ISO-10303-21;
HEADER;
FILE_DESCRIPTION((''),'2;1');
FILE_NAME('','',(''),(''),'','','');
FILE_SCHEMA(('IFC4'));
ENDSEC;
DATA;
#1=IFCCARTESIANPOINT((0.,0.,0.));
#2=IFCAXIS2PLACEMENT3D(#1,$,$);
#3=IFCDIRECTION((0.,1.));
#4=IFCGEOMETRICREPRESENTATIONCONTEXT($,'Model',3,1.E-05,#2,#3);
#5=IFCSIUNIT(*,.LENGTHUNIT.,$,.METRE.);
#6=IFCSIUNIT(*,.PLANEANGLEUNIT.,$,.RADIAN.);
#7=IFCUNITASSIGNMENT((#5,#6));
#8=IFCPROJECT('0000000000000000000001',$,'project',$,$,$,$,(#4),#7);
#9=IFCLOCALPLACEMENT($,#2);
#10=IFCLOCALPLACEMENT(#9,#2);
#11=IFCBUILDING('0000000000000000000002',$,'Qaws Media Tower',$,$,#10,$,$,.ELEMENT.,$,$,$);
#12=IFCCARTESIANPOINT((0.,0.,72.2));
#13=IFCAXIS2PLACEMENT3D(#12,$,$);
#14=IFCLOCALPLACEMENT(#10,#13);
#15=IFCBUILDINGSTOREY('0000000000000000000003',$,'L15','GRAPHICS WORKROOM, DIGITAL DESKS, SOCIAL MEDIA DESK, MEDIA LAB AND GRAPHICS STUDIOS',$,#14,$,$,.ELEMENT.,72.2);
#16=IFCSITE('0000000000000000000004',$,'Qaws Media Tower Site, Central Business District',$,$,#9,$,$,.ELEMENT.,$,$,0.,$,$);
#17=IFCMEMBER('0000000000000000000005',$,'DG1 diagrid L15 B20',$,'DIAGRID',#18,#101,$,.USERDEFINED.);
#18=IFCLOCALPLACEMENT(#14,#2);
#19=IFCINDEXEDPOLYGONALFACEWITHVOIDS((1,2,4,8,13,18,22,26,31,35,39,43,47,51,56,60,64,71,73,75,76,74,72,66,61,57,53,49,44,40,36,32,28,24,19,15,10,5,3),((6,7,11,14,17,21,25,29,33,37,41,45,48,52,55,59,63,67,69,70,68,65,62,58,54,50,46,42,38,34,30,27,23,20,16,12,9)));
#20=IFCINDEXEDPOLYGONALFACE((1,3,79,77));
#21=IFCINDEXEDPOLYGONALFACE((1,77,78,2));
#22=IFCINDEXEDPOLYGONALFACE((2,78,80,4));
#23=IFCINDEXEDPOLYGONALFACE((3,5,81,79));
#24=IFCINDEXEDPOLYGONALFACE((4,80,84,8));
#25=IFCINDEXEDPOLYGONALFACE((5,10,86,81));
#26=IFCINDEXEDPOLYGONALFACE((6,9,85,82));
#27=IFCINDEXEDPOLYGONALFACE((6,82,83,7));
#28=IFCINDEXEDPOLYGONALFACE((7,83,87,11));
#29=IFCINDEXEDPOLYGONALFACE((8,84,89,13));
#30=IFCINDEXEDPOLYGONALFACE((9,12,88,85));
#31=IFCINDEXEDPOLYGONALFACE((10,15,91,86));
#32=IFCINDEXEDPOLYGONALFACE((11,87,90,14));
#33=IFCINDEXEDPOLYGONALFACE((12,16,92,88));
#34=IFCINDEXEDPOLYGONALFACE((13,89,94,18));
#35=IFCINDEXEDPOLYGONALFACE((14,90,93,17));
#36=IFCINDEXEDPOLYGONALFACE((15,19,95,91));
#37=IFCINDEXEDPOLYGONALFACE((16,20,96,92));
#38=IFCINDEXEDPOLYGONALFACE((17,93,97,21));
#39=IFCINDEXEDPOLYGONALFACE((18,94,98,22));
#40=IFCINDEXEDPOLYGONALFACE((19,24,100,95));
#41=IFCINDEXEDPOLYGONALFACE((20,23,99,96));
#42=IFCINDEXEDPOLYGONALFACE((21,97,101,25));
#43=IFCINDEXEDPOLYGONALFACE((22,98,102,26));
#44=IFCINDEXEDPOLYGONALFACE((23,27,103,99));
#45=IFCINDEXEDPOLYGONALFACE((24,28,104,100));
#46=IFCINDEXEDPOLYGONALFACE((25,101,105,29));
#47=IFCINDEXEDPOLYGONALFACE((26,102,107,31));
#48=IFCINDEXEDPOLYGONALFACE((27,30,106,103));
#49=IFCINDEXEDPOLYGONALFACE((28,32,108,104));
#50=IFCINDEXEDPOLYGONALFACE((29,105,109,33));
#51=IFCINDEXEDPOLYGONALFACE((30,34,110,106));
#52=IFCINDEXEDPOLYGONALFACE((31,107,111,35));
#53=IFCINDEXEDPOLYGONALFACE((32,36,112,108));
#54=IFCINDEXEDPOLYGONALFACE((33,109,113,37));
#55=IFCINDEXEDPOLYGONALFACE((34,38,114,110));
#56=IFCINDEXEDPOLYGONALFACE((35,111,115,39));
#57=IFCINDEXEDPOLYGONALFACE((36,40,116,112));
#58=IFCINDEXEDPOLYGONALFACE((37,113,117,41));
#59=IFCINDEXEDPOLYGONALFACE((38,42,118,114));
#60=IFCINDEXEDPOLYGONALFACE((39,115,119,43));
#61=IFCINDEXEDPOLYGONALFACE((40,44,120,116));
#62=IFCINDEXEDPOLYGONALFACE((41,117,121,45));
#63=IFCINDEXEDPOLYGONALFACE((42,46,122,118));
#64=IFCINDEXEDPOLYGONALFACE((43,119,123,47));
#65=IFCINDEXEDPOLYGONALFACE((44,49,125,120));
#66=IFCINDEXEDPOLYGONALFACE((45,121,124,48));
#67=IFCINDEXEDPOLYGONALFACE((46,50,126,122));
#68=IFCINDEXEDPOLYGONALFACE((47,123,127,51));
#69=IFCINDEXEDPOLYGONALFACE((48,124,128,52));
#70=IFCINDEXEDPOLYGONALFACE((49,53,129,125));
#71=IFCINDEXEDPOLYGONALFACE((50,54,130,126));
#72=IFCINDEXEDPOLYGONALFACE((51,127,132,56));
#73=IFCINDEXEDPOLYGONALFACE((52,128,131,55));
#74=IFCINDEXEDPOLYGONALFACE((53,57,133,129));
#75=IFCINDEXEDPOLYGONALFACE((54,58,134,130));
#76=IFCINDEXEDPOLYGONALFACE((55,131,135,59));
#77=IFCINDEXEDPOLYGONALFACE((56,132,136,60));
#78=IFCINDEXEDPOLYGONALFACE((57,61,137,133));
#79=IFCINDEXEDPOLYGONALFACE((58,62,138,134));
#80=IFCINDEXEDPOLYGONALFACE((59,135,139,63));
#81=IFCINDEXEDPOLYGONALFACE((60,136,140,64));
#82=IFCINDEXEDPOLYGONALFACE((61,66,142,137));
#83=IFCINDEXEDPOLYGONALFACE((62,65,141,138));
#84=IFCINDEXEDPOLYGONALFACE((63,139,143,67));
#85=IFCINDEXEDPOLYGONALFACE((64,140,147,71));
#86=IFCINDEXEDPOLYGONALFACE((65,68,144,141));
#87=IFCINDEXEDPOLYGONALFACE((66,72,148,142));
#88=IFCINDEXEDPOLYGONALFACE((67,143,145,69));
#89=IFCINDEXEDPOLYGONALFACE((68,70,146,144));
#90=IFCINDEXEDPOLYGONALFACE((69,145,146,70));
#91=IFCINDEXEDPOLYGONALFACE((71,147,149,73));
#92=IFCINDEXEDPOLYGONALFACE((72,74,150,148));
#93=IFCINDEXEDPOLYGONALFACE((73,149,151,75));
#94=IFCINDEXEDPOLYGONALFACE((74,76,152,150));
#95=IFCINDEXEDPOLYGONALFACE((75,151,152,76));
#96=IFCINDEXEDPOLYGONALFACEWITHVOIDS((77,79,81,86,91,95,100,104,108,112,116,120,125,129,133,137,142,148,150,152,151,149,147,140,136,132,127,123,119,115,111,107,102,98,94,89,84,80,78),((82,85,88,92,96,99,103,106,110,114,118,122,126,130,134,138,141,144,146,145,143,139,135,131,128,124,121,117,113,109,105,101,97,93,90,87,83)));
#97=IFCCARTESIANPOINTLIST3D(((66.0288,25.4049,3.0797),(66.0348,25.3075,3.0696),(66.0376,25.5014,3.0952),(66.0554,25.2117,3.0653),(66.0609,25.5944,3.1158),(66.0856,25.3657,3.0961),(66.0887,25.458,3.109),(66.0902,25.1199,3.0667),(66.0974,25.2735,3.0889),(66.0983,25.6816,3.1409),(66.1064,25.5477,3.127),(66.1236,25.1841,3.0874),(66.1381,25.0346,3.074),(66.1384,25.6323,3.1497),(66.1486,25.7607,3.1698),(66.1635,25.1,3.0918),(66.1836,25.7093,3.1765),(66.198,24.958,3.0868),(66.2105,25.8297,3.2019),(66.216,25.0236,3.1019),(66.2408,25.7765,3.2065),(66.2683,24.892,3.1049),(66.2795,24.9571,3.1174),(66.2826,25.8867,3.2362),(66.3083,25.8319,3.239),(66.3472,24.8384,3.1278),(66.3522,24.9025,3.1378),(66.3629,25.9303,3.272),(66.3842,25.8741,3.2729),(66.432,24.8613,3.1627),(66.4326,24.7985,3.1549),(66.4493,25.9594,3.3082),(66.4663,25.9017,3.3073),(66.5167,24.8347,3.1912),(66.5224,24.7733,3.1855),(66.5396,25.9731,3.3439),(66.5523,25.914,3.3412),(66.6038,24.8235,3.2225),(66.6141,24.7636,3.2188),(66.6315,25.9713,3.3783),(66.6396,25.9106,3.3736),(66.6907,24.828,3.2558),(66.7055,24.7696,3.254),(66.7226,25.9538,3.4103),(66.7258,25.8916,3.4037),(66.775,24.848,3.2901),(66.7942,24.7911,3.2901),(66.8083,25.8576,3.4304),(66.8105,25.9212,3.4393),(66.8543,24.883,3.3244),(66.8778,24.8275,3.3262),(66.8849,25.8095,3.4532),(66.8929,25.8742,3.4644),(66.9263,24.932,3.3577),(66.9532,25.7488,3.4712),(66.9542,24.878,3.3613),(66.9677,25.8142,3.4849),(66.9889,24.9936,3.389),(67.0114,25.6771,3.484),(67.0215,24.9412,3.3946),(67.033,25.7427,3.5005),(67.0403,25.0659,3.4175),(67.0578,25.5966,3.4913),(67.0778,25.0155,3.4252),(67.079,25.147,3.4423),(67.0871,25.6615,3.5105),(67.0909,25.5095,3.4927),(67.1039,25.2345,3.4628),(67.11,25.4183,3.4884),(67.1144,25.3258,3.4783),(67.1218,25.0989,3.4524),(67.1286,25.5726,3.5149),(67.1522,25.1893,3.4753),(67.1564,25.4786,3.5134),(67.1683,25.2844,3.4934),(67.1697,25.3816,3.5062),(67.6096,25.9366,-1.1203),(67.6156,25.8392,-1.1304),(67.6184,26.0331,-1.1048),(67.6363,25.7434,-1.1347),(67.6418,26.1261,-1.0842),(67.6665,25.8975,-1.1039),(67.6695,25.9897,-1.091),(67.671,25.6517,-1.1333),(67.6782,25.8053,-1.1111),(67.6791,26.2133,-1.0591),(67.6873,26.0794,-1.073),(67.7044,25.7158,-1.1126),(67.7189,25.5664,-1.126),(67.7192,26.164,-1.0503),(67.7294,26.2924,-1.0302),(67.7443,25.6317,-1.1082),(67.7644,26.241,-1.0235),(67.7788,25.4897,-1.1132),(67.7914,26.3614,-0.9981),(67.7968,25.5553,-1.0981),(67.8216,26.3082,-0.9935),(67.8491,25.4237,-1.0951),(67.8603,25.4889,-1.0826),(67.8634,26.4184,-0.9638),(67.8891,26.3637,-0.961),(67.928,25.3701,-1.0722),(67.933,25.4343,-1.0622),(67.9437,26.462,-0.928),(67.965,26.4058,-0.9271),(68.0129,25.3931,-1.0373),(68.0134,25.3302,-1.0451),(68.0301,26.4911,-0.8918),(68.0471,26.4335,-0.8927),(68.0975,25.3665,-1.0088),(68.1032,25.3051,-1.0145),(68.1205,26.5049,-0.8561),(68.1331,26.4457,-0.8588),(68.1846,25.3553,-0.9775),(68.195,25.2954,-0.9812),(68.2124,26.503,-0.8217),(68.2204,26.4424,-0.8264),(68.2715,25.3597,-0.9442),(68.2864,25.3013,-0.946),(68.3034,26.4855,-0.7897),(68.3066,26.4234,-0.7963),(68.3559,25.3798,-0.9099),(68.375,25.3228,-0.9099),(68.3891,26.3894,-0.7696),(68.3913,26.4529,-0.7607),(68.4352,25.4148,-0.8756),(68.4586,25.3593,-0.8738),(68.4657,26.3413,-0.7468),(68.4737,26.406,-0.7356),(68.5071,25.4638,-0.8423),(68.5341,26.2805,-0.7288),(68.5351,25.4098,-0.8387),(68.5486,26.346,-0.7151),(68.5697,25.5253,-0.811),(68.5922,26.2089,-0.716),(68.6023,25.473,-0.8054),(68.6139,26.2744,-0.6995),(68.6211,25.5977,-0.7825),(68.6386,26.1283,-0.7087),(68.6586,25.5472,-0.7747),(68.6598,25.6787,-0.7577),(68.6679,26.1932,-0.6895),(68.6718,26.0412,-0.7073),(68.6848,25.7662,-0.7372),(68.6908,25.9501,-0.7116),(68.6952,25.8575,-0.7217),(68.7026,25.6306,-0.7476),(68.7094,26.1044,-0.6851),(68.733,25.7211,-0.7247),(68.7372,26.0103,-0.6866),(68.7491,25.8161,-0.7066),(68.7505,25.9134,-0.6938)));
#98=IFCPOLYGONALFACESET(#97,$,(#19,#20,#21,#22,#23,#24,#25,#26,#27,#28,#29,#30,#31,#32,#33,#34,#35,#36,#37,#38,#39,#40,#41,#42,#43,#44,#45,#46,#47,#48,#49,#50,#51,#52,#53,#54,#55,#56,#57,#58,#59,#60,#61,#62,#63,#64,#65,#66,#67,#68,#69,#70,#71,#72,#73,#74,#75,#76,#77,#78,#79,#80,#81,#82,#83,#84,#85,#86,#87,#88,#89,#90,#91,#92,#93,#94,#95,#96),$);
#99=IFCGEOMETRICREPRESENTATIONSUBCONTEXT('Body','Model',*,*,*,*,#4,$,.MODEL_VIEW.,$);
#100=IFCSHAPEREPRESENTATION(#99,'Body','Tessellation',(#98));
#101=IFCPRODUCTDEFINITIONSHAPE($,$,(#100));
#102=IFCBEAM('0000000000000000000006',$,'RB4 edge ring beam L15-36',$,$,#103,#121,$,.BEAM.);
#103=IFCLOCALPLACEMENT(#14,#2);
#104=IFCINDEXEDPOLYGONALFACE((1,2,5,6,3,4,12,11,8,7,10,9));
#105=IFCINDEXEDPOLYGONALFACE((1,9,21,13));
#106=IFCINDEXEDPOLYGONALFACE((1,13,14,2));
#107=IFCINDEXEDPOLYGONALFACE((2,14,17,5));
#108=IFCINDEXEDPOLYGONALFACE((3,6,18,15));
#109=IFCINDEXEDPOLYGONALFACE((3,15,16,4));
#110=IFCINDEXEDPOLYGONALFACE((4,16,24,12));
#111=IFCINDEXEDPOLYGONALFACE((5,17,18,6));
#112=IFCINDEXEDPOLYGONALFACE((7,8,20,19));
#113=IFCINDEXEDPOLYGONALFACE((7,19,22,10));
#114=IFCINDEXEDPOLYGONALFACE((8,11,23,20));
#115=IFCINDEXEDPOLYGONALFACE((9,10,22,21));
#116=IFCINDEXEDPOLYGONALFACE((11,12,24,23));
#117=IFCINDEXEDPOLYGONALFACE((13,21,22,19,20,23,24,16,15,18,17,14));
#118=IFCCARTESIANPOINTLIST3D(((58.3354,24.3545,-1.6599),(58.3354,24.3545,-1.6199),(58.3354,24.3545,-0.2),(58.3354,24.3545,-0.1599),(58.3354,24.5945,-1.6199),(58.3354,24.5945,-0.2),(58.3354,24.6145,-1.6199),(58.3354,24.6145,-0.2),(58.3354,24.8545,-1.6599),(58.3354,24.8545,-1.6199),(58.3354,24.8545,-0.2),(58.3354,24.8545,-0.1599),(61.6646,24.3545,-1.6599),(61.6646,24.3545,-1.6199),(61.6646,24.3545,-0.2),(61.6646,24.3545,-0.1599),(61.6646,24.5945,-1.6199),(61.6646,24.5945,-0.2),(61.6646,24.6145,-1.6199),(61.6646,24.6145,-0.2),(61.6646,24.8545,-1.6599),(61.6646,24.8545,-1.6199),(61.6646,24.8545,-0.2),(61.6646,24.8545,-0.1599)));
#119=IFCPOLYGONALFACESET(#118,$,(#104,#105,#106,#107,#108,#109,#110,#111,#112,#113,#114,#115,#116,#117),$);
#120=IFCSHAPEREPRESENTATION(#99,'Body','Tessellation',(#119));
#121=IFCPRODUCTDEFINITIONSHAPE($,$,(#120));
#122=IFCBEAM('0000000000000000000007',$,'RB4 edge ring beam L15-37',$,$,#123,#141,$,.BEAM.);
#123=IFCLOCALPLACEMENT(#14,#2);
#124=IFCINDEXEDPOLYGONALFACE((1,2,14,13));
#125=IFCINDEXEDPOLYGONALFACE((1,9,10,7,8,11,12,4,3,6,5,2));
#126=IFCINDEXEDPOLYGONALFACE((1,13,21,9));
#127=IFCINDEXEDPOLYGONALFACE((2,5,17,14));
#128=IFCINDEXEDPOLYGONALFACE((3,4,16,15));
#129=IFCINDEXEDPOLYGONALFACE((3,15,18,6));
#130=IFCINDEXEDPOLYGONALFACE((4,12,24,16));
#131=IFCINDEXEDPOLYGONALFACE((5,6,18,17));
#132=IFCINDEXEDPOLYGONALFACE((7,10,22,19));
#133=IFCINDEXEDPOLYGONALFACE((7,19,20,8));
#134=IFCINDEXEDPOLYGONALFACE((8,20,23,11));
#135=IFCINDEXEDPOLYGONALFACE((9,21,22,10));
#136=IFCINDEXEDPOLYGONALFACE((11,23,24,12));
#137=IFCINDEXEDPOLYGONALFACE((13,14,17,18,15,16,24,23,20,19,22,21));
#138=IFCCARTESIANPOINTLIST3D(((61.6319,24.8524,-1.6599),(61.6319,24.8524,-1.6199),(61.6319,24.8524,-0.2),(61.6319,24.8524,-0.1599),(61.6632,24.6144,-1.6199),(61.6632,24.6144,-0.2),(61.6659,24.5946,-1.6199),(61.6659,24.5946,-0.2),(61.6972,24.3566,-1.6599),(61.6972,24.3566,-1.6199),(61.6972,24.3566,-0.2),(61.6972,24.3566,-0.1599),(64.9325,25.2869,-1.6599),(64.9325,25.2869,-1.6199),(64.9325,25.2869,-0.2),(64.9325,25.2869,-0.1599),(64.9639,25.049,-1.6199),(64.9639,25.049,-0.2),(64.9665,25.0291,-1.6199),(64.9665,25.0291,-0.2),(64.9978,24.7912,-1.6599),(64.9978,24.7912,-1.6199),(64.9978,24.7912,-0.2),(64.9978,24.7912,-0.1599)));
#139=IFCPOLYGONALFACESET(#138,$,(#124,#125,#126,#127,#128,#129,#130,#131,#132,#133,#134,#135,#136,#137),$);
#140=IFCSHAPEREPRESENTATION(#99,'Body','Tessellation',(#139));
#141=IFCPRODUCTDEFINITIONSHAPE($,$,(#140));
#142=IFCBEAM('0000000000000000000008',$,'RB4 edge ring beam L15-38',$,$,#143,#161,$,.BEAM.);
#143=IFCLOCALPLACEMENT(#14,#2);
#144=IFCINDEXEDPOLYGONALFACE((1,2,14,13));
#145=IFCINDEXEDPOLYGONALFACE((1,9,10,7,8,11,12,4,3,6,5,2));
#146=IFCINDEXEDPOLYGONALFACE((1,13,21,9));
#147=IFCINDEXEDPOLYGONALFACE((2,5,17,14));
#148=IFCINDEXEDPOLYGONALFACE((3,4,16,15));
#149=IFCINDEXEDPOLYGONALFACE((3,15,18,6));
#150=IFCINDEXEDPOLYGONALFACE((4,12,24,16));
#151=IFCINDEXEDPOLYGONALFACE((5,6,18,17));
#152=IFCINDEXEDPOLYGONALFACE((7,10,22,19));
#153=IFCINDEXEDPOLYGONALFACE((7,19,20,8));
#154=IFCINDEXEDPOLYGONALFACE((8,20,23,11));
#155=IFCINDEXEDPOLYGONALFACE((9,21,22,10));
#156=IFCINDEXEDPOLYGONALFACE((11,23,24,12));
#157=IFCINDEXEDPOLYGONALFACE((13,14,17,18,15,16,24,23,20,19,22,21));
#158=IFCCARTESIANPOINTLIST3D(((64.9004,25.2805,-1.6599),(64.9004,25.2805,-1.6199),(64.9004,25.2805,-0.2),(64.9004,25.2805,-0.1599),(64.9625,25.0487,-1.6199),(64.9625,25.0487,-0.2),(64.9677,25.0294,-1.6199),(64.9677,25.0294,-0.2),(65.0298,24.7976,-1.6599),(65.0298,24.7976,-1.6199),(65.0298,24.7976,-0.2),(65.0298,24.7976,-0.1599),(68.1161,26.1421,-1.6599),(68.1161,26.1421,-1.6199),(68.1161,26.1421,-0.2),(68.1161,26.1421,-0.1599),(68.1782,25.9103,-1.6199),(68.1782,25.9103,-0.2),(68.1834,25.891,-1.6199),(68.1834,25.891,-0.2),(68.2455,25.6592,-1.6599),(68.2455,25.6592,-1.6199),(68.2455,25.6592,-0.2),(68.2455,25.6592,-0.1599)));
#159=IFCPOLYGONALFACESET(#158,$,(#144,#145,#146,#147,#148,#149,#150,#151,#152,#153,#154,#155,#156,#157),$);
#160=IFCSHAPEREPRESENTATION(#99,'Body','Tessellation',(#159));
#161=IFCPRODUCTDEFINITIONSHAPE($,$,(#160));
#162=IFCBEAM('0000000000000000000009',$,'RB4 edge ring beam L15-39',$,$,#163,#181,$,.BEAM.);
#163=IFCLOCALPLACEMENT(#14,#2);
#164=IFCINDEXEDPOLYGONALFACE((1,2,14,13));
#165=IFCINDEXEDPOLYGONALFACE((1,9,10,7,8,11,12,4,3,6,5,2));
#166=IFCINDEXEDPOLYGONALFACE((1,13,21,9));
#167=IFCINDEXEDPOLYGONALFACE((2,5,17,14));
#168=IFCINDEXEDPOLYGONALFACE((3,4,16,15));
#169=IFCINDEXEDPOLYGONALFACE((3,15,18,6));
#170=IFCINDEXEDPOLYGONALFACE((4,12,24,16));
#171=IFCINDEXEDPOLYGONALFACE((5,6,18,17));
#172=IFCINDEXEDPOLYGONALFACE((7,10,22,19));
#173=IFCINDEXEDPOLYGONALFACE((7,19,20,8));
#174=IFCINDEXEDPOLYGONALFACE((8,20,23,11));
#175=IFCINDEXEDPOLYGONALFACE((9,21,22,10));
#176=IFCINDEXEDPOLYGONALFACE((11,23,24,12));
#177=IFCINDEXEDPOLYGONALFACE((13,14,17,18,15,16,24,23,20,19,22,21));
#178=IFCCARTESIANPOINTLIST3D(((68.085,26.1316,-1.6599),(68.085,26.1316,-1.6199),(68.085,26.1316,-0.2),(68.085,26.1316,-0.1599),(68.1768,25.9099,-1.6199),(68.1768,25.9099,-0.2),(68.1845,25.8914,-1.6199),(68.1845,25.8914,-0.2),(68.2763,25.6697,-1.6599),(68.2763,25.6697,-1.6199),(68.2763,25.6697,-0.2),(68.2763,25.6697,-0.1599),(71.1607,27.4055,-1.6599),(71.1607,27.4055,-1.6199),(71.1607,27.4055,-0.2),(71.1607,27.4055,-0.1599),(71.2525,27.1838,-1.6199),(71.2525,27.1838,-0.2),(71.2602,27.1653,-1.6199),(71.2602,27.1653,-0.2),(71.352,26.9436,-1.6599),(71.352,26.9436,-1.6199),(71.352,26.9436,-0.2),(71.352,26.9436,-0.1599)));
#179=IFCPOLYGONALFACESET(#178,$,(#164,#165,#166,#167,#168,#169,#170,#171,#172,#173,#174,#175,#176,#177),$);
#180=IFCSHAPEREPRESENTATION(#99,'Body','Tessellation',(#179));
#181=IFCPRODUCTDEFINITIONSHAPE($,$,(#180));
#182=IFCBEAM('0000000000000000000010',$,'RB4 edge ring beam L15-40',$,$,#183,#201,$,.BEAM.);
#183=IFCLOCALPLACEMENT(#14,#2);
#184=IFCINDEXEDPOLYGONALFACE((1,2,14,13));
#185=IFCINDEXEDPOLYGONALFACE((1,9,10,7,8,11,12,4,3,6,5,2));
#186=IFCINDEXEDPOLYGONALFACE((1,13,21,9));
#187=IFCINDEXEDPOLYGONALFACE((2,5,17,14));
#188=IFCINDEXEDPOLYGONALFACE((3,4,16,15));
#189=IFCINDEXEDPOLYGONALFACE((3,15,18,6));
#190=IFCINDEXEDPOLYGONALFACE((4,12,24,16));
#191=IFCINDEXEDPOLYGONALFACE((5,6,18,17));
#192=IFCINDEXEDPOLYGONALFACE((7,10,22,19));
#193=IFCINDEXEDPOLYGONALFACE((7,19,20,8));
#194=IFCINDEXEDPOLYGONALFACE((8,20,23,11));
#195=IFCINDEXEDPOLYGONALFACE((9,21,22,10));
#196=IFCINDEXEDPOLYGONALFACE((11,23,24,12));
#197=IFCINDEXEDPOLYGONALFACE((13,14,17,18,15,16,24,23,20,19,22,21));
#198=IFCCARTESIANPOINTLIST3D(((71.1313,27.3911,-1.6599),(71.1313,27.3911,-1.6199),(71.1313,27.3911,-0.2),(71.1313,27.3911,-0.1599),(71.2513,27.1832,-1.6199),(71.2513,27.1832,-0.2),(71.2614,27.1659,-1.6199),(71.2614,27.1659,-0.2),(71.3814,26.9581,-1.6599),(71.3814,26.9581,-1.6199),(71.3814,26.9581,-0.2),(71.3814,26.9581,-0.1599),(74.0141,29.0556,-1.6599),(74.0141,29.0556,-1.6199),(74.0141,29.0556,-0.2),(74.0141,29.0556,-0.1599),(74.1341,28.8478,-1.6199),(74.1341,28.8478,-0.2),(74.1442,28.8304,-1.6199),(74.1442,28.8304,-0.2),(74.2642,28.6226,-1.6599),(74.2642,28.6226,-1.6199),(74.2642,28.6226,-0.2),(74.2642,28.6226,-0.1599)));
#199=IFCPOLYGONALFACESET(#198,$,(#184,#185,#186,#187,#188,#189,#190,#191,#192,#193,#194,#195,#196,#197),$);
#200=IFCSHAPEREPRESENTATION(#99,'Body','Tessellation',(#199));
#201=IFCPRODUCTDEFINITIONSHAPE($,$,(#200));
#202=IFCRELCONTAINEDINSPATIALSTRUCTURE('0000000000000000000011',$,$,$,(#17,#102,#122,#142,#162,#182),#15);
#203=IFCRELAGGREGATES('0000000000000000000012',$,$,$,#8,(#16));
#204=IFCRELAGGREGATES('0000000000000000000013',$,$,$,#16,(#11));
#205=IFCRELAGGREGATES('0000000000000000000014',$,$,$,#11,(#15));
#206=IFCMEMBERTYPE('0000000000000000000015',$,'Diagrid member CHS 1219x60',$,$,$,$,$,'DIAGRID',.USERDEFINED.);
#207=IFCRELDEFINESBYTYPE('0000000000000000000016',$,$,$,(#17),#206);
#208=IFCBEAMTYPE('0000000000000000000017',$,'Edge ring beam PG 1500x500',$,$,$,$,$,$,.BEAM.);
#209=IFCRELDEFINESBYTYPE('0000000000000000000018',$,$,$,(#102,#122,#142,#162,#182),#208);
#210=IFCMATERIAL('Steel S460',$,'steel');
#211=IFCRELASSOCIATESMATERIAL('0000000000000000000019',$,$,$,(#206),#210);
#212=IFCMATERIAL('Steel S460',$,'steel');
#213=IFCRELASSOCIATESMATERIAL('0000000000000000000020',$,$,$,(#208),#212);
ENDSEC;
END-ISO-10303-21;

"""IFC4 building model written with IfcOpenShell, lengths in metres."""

from ifc_helpers import new_model, si_unit, direction, frame, origin, origin_2d, place, context, subcontext, project, spatial, hollow_circle, i_section, extrude, material, material_profile, profile_set, type_object, element, save


model = new_model("IFC4")

# Units and contexts
model_context = context("Model", 3, precision=1e-05, world=origin(), true_north=direction((0.0, 1.0)))
body_context = subcontext(model_context, "Body", "Model", "MODEL_VIEW")
ifc_project = project(units=[si_unit("LENGTHUNIT", "METRE"), si_unit("PLANEANGLEUNIT", "RADIAN")], contexts=[model_context])

# Site, building, storey
site_placement = place(None, origin())
site = spatial("IfcSite", under=ifc_project, at=site_placement, Name="Qaws Media Tower Site, Central Business District", CompositionType="ELEMENT", RefElevation=0.0)
building_placement = place(site_placement, origin())
building = spatial("IfcBuilding", under=site, at=building_placement, Name="Qaws Media Tower", CompositionType="ELEMENT")
storey_placement = place(building_placement, frame((0.0, 0.0, 72.2)))
storey = spatial("IfcBuildingStorey", under=building, at=storey_placement, Name="L15", Description="GRAPHICS WORKROOM, DIGITAL DESKS, SOCIAL MEDIA DESK, MEDIA LAB AND GRAPHICS STUDIOS", CompositionType="ELEMENT", Elevation=72.2)

# Member
ifc_material_1 = material(Name="Steel S460", Category="steel")
ifc_material_profile_1 = material_profile(ifc_material_1, hollow_circle(Radius=0.6096, WallThickness=0.0601, at=origin_2d()), Name="CHS 1219x60")
ifc_profile_set_1 = profile_set([ifc_material_profile_1], Name="Steel S460")
member_type_1 = type_object("IfcMemberType", Name="Diagrid member CHS 1219x60", ElementType="DIAGRID", PredefinedType="USERDEFINED", material=ifc_profile_set_1)
for number, where, z_axis, x_axis, name in (
    (1, (68.1807, 25.9006, -0.9099), (-0.349815, -0.117667, 0.9294), (0.318818, -0.947816, 0.0), "DG1 diagrid L15 B20"),
):
    element("IfcMember", number, at=place(storey_placement, frame(where, z_axis=z_axis, x_axis=x_axis)), inside=storey, type_object=member_type_1, Name=name, ObjectType="DIAGRID", PredefinedType="USERDEFINED", context=body_context, shape_type="SweptSolid", body=[
        extrude(hollow_circle(Radius=0.6096, WallThickness=0.0601, at=origin_2d()), origin(), (0.0, 0.0, 1.0), 4.519),
    ])

# Beams
ifc_material_2 = material(Name="Steel S460", Category="steel")
ifc_material_profile_2 = material_profile(ifc_material_2, i_section(OverallWidth=0.5, OverallDepth=1.5, WebThickness=0.02, FlangeThickness=0.04, at=origin_2d()), Name="PG 1500x500")
ifc_profile_set_2 = profile_set([ifc_material_profile_2], Name="Steel S460")
beam_type = type_object("IfcBeamType", Name="Edge ring beam PG 1500x500", PredefinedType="BEAM", material=ifc_profile_set_2)
for number, where, z_axis, x_axis, name in (
    (2, (58.3354, 24.6045, -0.9099), (1.0, 0.0, 0.0), (0.0, 1.0, 0.0), "RB4 edge ring beam L15-36"),
    (3, (61.6646, 24.6045, -0.9099), (0.991443, 0.13054, 0.0), (-0.13054, 0.991443, 0.0), "RB4 edge ring beam L15-37"),
    (4, (64.9651, 25.0391, -0.9099), (0.965929, 0.258808, 0.0), (-0.258808, 0.965929, 0.0), "RB4 edge ring beam L15-38"),
    (5, (68.1807, 25.9006, -0.9099), (0.923886, 0.382667, 0.0), (-0.382667, 0.923886, 0.0), "RB4 edge ring beam L15-39"),
):
    element("IfcBeam", number, at=place(storey_placement, frame(where, z_axis=z_axis, x_axis=x_axis)), inside=storey, type_object=beam_type, Name=name, PredefinedType="BEAM", context=body_context, shape_type="SweptSolid", body=[
        extrude(i_section(OverallWidth=0.5, OverallDepth=1.5, WebThickness=0.02, FlangeThickness=0.04, at=origin_2d()), origin(), (0.0, 0.0, 1.0), 3.3291),
    ])
beam_placement = place(storey_placement, frame((71.2563, 27.1746, -0.9099), z_axis=(0.866005, 0.500036, 0.0), x_axis=(-0.500036, 0.866005, 0.0)))
element("IfcBeam", 6, at=beam_placement, inside=storey, type_object=beam_type, Name="RB4 edge ring beam L15-40", PredefinedType="BEAM", context=body_context, shape_type="SweptSolid", body=[
    extrude(i_section(OverallWidth=0.5, OverallDepth=1.5, WebThickness=0.02, FlangeThickness=0.04, at=origin_2d()), origin(), (0.0, 0.0, 1.0), 3.3289),
])

save(model, "model.ifc")
